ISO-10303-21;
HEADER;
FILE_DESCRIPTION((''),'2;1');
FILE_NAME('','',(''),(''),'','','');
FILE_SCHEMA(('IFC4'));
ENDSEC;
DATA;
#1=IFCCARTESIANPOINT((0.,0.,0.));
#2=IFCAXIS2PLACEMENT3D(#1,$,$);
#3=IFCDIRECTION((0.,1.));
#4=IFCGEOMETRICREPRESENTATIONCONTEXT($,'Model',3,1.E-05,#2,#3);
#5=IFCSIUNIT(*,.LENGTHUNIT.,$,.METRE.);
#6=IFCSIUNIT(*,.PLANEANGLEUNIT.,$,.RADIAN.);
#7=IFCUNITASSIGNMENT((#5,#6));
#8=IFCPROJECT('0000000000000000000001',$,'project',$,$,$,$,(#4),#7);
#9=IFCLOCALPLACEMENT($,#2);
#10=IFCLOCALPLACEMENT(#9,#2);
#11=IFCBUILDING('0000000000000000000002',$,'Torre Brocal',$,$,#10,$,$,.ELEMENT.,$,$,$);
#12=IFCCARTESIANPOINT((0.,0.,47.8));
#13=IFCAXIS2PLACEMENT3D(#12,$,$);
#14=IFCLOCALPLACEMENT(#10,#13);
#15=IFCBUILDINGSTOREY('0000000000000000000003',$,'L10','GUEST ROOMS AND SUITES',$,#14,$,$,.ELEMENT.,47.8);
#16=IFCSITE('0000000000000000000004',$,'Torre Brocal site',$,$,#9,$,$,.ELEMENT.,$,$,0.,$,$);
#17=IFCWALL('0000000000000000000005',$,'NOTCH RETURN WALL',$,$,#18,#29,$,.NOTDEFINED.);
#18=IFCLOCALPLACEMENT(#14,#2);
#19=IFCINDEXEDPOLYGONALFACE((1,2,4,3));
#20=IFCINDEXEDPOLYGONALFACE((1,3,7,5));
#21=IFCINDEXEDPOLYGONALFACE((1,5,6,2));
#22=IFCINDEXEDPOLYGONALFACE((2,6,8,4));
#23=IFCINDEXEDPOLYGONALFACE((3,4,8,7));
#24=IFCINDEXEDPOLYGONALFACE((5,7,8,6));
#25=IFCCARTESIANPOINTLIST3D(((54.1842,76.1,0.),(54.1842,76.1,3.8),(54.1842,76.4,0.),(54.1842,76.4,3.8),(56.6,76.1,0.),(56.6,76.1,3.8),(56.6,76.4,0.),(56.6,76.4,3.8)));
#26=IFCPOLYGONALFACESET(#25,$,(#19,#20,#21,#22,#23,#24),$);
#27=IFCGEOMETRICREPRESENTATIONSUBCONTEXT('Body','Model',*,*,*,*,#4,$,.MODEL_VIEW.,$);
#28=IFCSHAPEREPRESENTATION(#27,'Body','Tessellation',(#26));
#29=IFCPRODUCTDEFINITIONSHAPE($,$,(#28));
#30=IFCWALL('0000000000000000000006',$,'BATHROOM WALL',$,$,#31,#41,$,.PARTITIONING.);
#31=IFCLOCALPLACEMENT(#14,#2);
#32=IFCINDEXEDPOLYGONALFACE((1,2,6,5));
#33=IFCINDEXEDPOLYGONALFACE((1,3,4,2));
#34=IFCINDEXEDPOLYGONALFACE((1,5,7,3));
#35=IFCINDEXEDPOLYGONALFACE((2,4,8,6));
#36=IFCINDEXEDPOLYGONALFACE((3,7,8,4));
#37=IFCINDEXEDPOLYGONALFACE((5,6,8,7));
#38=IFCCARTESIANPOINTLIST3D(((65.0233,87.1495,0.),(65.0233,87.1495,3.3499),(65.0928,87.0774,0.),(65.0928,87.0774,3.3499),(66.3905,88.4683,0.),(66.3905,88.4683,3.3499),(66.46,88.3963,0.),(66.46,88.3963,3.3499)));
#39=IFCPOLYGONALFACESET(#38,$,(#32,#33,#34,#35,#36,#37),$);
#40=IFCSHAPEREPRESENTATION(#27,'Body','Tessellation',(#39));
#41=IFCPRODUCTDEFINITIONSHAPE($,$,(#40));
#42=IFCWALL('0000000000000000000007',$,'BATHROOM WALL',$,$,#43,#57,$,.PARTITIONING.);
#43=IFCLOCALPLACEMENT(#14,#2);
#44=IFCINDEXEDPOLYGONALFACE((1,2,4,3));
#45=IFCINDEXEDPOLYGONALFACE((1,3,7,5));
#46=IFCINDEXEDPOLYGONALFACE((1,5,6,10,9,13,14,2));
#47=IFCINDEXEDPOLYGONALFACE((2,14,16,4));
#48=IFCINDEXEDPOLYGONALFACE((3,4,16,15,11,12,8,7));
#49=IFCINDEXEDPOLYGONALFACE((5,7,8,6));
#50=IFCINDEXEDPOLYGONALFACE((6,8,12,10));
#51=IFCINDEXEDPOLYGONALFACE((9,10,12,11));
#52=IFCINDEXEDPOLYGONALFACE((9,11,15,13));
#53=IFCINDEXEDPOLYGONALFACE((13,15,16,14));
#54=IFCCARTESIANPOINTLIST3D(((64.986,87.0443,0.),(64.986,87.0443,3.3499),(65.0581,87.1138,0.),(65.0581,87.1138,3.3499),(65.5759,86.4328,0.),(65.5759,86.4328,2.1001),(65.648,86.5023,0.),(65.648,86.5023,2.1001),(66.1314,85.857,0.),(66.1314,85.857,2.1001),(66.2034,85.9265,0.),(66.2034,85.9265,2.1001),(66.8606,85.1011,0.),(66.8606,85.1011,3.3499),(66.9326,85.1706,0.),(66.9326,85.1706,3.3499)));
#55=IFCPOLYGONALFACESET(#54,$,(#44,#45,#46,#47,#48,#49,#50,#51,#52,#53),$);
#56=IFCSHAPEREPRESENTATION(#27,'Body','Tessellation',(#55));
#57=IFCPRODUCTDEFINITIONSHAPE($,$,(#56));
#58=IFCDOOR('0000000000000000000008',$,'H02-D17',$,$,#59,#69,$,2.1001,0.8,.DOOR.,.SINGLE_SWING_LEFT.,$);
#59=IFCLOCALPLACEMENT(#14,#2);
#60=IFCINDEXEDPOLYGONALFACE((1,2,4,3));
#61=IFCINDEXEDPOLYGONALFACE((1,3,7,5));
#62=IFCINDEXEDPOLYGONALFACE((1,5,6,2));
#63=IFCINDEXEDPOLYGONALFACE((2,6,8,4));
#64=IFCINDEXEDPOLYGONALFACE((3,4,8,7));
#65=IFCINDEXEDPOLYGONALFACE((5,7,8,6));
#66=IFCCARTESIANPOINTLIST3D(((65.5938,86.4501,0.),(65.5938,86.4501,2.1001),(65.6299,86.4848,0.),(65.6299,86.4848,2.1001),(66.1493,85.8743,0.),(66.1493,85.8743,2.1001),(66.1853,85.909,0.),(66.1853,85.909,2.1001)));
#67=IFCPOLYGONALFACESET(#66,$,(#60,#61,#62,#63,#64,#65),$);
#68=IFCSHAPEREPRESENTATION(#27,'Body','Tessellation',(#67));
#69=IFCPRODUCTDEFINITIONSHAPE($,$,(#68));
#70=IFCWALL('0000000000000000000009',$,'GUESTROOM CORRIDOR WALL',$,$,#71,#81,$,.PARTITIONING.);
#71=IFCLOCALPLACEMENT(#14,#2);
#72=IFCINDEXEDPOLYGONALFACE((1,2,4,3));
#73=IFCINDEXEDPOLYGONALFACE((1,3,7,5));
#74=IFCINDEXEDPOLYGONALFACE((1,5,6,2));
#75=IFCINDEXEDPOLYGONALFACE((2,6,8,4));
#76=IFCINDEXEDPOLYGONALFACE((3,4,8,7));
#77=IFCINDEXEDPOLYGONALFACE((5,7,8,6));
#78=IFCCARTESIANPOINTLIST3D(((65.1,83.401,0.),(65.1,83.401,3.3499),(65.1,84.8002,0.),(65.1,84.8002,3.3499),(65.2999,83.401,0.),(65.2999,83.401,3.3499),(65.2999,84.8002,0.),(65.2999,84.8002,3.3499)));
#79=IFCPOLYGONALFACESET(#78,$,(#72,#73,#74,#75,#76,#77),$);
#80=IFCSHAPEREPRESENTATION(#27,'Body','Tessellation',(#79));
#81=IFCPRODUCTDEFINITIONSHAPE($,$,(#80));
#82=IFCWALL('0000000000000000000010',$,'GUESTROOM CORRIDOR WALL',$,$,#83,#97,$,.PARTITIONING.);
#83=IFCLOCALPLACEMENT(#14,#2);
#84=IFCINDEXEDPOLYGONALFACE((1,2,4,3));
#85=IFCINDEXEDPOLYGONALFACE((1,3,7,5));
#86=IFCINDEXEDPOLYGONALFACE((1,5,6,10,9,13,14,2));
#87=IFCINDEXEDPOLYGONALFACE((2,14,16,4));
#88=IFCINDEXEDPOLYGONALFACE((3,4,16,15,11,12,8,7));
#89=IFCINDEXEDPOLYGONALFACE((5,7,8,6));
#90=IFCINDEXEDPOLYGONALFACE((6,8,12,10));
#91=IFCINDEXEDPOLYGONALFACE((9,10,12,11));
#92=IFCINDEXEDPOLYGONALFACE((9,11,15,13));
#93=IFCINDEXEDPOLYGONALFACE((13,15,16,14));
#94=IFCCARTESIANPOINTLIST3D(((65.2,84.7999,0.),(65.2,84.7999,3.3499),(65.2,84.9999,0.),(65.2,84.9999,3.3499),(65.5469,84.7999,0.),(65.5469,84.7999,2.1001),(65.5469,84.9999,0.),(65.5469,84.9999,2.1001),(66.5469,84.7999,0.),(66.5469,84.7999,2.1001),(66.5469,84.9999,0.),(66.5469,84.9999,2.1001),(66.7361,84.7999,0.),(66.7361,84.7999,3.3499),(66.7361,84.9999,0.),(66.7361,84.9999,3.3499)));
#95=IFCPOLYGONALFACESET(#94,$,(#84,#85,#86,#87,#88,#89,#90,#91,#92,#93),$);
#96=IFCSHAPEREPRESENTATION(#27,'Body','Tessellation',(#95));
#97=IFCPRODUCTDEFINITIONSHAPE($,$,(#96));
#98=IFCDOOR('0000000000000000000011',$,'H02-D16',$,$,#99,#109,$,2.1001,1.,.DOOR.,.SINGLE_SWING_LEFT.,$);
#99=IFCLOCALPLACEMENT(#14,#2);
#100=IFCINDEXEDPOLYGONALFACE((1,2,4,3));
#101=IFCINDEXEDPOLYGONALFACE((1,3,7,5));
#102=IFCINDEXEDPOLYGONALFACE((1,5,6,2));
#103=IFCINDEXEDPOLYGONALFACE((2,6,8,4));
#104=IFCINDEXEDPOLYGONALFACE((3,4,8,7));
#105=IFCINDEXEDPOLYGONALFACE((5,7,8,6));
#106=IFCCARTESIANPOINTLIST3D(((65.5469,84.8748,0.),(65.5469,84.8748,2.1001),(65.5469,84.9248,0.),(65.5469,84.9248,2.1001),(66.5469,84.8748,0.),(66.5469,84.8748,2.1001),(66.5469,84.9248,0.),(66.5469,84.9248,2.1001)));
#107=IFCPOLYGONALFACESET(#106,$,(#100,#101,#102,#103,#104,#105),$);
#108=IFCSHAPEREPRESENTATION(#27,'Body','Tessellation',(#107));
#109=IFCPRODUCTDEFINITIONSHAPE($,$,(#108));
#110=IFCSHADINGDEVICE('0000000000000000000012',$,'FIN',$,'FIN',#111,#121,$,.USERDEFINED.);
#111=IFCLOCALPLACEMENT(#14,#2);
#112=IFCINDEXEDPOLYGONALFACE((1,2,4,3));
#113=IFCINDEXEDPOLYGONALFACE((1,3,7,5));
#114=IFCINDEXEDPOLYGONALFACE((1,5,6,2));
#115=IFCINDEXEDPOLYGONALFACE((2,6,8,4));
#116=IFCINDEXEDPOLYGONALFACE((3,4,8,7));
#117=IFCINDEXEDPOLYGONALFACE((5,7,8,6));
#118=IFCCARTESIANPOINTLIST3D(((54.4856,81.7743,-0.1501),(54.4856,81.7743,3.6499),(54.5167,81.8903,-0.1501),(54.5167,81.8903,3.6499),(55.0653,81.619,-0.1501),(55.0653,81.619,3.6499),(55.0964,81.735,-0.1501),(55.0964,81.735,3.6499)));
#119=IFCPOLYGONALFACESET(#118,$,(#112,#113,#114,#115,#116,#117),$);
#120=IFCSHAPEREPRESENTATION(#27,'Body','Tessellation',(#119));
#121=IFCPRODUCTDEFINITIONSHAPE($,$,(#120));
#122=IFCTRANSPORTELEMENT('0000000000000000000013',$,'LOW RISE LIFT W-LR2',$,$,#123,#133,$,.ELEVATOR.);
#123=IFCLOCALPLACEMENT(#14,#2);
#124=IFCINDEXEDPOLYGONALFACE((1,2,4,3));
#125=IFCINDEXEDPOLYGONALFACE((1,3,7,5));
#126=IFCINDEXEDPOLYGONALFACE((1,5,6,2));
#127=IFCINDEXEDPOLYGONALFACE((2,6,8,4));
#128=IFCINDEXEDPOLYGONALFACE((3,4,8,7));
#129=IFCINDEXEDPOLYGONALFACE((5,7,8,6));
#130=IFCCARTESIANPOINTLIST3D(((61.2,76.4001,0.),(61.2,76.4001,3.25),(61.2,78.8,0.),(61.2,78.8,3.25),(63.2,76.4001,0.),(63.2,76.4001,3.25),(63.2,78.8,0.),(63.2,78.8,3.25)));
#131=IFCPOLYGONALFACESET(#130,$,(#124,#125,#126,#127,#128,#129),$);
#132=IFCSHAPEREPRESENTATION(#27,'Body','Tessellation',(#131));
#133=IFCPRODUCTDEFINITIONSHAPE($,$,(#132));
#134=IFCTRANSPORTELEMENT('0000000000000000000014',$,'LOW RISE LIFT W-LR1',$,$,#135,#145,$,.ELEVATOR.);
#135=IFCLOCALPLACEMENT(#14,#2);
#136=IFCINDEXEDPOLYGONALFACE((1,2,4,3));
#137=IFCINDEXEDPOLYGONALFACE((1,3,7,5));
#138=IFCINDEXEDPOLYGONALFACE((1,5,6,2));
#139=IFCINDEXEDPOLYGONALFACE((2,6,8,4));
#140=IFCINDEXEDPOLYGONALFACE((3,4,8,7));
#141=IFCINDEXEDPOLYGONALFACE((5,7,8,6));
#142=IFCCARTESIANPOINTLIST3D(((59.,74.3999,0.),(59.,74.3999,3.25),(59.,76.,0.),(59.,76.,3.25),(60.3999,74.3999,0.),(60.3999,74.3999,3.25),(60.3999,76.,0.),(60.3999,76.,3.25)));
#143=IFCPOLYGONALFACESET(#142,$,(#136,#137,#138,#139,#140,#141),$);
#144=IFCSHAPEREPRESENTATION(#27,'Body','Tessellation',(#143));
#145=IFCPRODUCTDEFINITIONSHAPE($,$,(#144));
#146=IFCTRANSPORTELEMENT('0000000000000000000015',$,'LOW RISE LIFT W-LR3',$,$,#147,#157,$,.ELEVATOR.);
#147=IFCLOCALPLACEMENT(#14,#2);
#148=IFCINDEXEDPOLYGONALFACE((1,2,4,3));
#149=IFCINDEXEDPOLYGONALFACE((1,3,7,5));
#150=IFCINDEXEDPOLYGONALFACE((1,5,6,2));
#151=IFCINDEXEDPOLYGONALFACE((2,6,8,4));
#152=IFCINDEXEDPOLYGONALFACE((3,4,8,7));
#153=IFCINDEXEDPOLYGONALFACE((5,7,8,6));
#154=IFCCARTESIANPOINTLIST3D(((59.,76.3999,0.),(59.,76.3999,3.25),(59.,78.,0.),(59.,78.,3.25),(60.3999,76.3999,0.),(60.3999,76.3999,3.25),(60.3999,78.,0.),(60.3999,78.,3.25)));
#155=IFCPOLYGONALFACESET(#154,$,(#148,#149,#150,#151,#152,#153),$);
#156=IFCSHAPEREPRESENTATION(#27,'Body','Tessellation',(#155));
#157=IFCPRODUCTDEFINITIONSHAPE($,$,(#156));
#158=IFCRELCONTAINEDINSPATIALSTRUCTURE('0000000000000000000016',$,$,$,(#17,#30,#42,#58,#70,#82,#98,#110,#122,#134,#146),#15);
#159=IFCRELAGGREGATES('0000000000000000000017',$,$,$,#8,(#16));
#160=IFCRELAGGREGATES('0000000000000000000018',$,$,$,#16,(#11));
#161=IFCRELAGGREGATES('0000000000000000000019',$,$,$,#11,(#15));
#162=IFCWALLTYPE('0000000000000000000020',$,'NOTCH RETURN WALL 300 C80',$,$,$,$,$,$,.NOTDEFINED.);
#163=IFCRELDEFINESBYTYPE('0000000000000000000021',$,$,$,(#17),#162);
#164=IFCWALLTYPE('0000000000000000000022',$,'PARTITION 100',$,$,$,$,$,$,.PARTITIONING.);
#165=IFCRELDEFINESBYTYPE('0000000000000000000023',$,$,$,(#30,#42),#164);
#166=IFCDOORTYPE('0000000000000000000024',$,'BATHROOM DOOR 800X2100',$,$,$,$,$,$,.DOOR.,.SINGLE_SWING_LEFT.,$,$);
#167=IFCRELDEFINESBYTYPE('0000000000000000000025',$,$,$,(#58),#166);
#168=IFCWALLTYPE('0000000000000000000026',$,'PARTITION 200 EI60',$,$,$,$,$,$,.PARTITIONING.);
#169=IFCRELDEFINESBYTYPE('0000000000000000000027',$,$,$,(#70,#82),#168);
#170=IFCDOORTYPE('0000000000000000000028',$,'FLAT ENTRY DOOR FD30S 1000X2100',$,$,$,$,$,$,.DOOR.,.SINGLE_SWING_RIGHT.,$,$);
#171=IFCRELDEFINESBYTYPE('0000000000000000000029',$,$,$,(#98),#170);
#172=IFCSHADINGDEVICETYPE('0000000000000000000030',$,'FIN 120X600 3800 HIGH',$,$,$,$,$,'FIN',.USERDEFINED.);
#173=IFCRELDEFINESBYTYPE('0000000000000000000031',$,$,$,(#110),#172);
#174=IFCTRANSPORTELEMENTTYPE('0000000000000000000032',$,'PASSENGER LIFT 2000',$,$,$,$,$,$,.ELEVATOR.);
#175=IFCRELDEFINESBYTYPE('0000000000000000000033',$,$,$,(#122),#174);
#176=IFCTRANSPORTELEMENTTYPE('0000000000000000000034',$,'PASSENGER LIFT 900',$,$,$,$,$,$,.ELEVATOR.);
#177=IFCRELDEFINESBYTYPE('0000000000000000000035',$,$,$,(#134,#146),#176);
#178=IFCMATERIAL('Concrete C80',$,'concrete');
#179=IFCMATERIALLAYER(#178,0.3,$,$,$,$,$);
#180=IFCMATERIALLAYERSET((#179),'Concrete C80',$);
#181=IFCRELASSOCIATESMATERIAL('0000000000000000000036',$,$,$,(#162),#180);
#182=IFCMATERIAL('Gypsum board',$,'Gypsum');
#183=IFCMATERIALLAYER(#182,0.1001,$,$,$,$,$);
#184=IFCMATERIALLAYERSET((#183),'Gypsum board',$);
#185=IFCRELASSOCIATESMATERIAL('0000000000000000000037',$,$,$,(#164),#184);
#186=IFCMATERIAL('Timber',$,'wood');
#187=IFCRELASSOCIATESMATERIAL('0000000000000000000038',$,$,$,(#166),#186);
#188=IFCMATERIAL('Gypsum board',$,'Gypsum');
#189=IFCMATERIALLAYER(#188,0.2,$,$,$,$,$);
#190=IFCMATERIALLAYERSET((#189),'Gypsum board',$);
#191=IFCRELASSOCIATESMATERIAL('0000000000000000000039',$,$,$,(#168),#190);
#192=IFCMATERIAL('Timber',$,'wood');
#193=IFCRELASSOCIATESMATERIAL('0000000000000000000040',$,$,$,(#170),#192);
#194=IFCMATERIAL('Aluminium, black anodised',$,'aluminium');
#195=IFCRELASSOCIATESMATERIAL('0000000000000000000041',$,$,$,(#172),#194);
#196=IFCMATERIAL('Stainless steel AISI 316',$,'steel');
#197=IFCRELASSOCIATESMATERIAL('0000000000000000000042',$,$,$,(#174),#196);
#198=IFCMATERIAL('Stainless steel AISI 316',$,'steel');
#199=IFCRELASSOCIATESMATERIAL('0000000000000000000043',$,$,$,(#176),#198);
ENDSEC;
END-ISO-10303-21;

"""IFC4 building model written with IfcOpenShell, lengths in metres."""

from ifc_helpers import new_model, si_unit, direction, frame, frame_2d, origin, origin_2d, place, context, subcontext, project, spatial, rectangle, extrude, material, layer, layer_set, material_profile, profile_set, type_object, element, fill, save


model = new_model("IFC4")

# Units and contexts
model_context = context("Model", 3, precision=1e-05, world=origin(), true_north=direction((0.0, 1.0)))
body_context = subcontext(model_context, "Body", "Model", "MODEL_VIEW")
ifc_project = project(units=[si_unit("LENGTHUNIT", "METRE"), si_unit("PLANEANGLEUNIT", "RADIAN")], contexts=[model_context])

# Site, building, storey
site_placement = place(None, origin())
site = spatial("IfcSite", under=ifc_project, at=site_placement, Name="Torre Brocal site", CompositionType="ELEMENT", RefElevation=0.0)
building_placement = place(site_placement, origin())
building = spatial("IfcBuilding", under=site, at=building_placement, Name="Torre Brocal", CompositionType="ELEMENT")
storey_placement = place(building_placement, frame((0.0, 0.0, 47.8)))
storey = spatial("IfcBuildingStorey", under=building, at=storey_placement, Name="L10", Description="GUEST ROOMS AND SUITES", CompositionType="ELEMENT", Elevation=47.8)

# Walls
ifc_material_1 = material(Name="Concrete C80", Category="concrete")
ifc_layer_1 = layer(ifc_material_1, 0.3)
ifc_layer_set_1 = layer_set([ifc_layer_1], Name="Concrete C80")
wall_type_1 = type_object("IfcWallType", Name="NOTCH RETURN WALL 300 C80", PredefinedType="NOTDEFINED", material=ifc_layer_set_1)
wall_1_placement = place(storey_placement, frame((56.6001, 76.25, 0.0), z_axis=(0.0, 0.0, 1.0), x_axis=(-1.0, 0.0, 0.0)))
element("IfcWall", 1, at=wall_1_placement, inside=storey, type_object=wall_type_1, Name="NOTCH RETURN WALL", PredefinedType="NOTDEFINED", context=body_context, shape_type="SweptSolid", body=[
    extrude(rectangle(XDim=2.4158, YDim=0.3, at=frame_2d((1.208, 0.0))), origin(), (0.0, 0.0, 1.0), 3.8),
])
ifc_material_2 = material(Name="Gypsum board", Category="Gypsum")
ifc_layer_2 = layer(ifc_material_2, 0.1001)
ifc_layer_set_2 = layer_set([ifc_layer_2], Name="Gypsum board")
wall_type_2 = type_object("IfcWallType", Name="PARTITION 100", PredefinedType="PARTITIONING", material=ifc_layer_set_2)
wall_2_placement = place(storey_placement, frame((65.0581, 87.1135, 0.0), z_axis=(0.0, 0.0, 1.0), x_axis=(0.719716, 0.694269, 0.0)))
element("IfcWall", 2, at=wall_2_placement, inside=storey, type_object=wall_type_2, Name="BATHROOM WALL", PredefinedType="PARTITIONING", context=body_context, shape_type="SweptSolid", body=[
    extrude(rectangle(XDim=1.8997, YDim=0.1001, at=frame_2d((0.9497, 0.0))), origin(), (0.0, 0.0, 1.0), 3.3499),
])

# Wall, opening, door
wall_3_placement = place(storey_placement, frame((65.022, 87.0791, 0.0), z_axis=(0.0, 0.0, 1.0), x_axis=(0.694288, -0.719697, 0.0)))
wall_3 = element("IfcWall", 3, at=wall_3_placement, inside=storey, type_object=wall_type_2, Name="BATHROOM WALL", PredefinedType="PARTITIONING", context=body_context, shape_type="SweptSolid", body=[
    extrude(rectangle(XDim=2.7, YDim=0.1001, at=frame_2d((1.3501, 0.0))), origin(), (0.0, 0.0, 1.0), 3.3499),
])
opening_1_placement = place(wall_3_placement, frame((0.8499, 0.0, 0.0)))
opening_1 = element("IfcOpeningElement", 4, at=opening_1_placement, cuts=wall_3, PredefinedType="OPENING", context=body_context, shape_type="SweptSolid", body=[
    extrude(rectangle(XDim=0.8, YDim=2.1001, at=frame_2d((0.3999, 1.05))), frame((0.0, 0.0601, 0.0), z_axis=(0.0, -1.0, 0.0), x_axis=(1.0, 0.0, 0.0)), (0.0, 0.0, 1.0), 0.1201),
])
ifc_material_3 = material(Name="Timber", Category="wood")
door_type_1 = type_object("IfcDoorType", Name="BATHROOM DOOR 800X2100", OperationType="SINGLE_SWING_LEFT", PredefinedType="DOOR", material=ifc_material_3)
door_1_placement = place(opening_1_placement, origin())
door_1 = element("IfcDoor", 5, at=door_1_placement, inside=storey, type_object=door_type_1, Name="H02-D17", OperationType="SINGLE_SWING_LEFT", OverallHeight=2.1001, OverallWidth=0.8, PredefinedType="DOOR", context=body_context, shape_type="SweptSolid", body=[
    extrude(rectangle(XDim=0.8, YDim=2.1001, at=frame_2d((0.3999, 1.05))), frame((0.0, 0.0249, 0.0), z_axis=(0.0, -1.0, 0.0), x_axis=(1.0, 0.0, 0.0)), (0.0, 0.0, 1.0), 0.05),
])
fill(opening_1, door_1)

# Wall
ifc_material_4 = material(Name="Gypsum board", Category="Gypsum")
ifc_layer_3 = layer(ifc_material_4, 0.2)
ifc_layer_set_3 = layer_set([ifc_layer_3], Name="Gypsum board")
wall_type_3 = type_object("IfcWallType", Name="PARTITION 200 EI60", PredefinedType="PARTITIONING", material=ifc_layer_set_3)
wall_4_placement = place(storey_placement, frame((65.2, 83.4009, 0.0), z_axis=(0.0, 0.0, 1.0), x_axis=(0.0, 1.0, 0.0)))
element("IfcWall", 6, at=wall_4_placement, inside=storey, type_object=wall_type_3, Name="GUESTROOM CORRIDOR WALL", PredefinedType="PARTITIONING", context=body_context, shape_type="SweptSolid", body=[
    extrude(rectangle(XDim=1.3992, YDim=0.2, at=frame_2d((0.6997, 0.0))), origin(), (0.0, 0.0, 1.0), 3.3499),
])

# Wall, opening, door
wall_5_placement = place(storey_placement, frame((65.2, 84.8999, 0.0), z_axis=(0.0, 0.0, 1.0), x_axis=(1.0, 0.0, 0.0)))
wall_5 = element("IfcWall", 7, at=wall_5_placement, inside=storey, type_object=wall_type_3, Name="GUESTROOM CORRIDOR WALL", PredefinedType="PARTITIONING", context=body_context, shape_type="SweptSolid", body=[
    extrude(rectangle(XDim=1.5361, YDim=0.2, at=frame_2d((0.7681, 0.0))), origin(), (0.0, 0.0, 1.0), 3.3499),
])
opening_2_placement = place(wall_5_placement, frame((0.3469, 0.0, 0.0)))
opening_2 = element("IfcOpeningElement", 8, at=opening_2_placement, cuts=wall_5, PredefinedType="OPENING", context=body_context, shape_type="SweptSolid", body=[
    extrude(rectangle(XDim=1.0, YDim=2.1001, at=frame_2d((0.5, 1.05))), frame((0.0, 0.1099, 0.0), z_axis=(0.0, -1.0, 0.0), x_axis=(1.0, 0.0, 0.0)), (0.0, 0.0, 1.0), 0.22),
])
ifc_material_5 = material(Name="Timber", Category="wood")
door_type_2 = type_object("IfcDoorType", Name="FLAT ENTRY DOOR FD30S 1000X2100", OperationType="SINGLE_SWING_RIGHT", PredefinedType="DOOR", material=ifc_material_5)
door_2_placement = place(opening_2_placement, origin())
door_2 = element("IfcDoor", 9, at=door_2_placement, inside=storey, type_object=door_type_2, Name="H02-D16", OperationType="SINGLE_SWING_LEFT", OverallHeight=2.1001, OverallWidth=1.0, PredefinedType="DOOR", context=body_context, shape_type="SweptSolid", body=[
    extrude(rectangle(XDim=1.0, YDim=2.1001, at=frame_2d((0.5, 1.05))), frame((0.0, 0.0249, 0.0), z_axis=(0.0, -1.0, 0.0), x_axis=(1.0, 0.0, 0.0)), (0.0, 0.0, 1.0), 0.05),
])
fill(opening_2, door_2)

# Shading device
ifc_material_6 = material(Name="Aluminium, black anodised", Category="aluminium")
ifc_material_profile_1 = material_profile(ifc_material_6, rectangle(XDim=0.1201, YDim=0.6001, at=origin_2d()), Name="FIN 120X600 3800 HIGH")
ifc_profile_set_1 = profile_set([ifc_material_profile_1], Name="Aluminium, black anodised")
shading_device_type = type_object("IfcShadingDeviceType", Name="FIN 120X600 3800 HIGH", ElementType="FIN", PredefinedType="USERDEFINED", material=ifc_profile_set_1)
shading_device_placement = place(storey_placement, frame((54.791, 81.7546, -0.1501), z_axis=(0.0, 0.0, 1.0), x_axis=(-0.258819, -0.965926, 0.0)))
element("IfcShadingDevice", 10, at=shading_device_placement, inside=storey, type_object=shading_device_type, Name="FIN", ObjectType="FIN", PredefinedType="USERDEFINED", context=body_context, shape_type="SweptSolid", body=[
    extrude(rectangle(XDim=0.1201, YDim=0.6001, at=origin_2d()), origin(), (0.0, 0.0, 1.0), 3.8),
])

# Transport elements
ifc_material_7 = material(Name="Stainless steel AISI 316", Category="steel")
transport_element_type_1 = type_object("IfcTransportElementType", Name="PASSENGER LIFT 2000", PredefinedType="ELEVATOR", material=ifc_material_7)
transport_element_placement = place(storey_placement, frame((62.2, 77.6001, 0.0), z_axis=(0.0, 0.0, 1.0), x_axis=(1.0, 0.0, 0.0)))
element("IfcTransportElement", 11, at=transport_element_placement, inside=storey, type_object=transport_element_type_1, Name="LOW RISE LIFT W-LR2", PredefinedType="ELEVATOR", context=body_context, shape_type="SweptSolid", body=[
    extrude(rectangle(XDim=2.0, YDim=2.3999, at=origin_2d()), origin(), (0.0, 0.0, 1.0), 3.25),
])
ifc_material_8 = material(Name="Stainless steel AISI 316", Category="steel")
transport_element_type_2 = type_object("IfcTransportElementType", Name="PASSENGER LIFT 900", PredefinedType="ELEVATOR", material=ifc_material_8)
for number, where, z_axis, x_axis, name in (
    (12, (59.7, 75.2, 0.0), (0.0, 0.0, 1.0), (1.0, 0.0, 0.0), "LOW RISE LIFT W-LR1"),
    (13, (59.7, 77.2, 0.0), (0.0, 0.0, 1.0), (1.0, 0.0, 0.0), "LOW RISE LIFT W-LR3"),
):
    element("IfcTransportElement", number, at=place(storey_placement, frame(where, z_axis=z_axis, x_axis=x_axis)), inside=storey, type_object=transport_element_type_2, Name=name, PredefinedType="ELEVATOR", context=body_context, shape_type="SweptSolid", body=[
        extrude(rectangle(XDim=1.3999, YDim=1.6001, at=origin_2d()), origin(), (0.0, 0.0, 1.0), 3.25),
    ])

save(model, "model.ifc")
